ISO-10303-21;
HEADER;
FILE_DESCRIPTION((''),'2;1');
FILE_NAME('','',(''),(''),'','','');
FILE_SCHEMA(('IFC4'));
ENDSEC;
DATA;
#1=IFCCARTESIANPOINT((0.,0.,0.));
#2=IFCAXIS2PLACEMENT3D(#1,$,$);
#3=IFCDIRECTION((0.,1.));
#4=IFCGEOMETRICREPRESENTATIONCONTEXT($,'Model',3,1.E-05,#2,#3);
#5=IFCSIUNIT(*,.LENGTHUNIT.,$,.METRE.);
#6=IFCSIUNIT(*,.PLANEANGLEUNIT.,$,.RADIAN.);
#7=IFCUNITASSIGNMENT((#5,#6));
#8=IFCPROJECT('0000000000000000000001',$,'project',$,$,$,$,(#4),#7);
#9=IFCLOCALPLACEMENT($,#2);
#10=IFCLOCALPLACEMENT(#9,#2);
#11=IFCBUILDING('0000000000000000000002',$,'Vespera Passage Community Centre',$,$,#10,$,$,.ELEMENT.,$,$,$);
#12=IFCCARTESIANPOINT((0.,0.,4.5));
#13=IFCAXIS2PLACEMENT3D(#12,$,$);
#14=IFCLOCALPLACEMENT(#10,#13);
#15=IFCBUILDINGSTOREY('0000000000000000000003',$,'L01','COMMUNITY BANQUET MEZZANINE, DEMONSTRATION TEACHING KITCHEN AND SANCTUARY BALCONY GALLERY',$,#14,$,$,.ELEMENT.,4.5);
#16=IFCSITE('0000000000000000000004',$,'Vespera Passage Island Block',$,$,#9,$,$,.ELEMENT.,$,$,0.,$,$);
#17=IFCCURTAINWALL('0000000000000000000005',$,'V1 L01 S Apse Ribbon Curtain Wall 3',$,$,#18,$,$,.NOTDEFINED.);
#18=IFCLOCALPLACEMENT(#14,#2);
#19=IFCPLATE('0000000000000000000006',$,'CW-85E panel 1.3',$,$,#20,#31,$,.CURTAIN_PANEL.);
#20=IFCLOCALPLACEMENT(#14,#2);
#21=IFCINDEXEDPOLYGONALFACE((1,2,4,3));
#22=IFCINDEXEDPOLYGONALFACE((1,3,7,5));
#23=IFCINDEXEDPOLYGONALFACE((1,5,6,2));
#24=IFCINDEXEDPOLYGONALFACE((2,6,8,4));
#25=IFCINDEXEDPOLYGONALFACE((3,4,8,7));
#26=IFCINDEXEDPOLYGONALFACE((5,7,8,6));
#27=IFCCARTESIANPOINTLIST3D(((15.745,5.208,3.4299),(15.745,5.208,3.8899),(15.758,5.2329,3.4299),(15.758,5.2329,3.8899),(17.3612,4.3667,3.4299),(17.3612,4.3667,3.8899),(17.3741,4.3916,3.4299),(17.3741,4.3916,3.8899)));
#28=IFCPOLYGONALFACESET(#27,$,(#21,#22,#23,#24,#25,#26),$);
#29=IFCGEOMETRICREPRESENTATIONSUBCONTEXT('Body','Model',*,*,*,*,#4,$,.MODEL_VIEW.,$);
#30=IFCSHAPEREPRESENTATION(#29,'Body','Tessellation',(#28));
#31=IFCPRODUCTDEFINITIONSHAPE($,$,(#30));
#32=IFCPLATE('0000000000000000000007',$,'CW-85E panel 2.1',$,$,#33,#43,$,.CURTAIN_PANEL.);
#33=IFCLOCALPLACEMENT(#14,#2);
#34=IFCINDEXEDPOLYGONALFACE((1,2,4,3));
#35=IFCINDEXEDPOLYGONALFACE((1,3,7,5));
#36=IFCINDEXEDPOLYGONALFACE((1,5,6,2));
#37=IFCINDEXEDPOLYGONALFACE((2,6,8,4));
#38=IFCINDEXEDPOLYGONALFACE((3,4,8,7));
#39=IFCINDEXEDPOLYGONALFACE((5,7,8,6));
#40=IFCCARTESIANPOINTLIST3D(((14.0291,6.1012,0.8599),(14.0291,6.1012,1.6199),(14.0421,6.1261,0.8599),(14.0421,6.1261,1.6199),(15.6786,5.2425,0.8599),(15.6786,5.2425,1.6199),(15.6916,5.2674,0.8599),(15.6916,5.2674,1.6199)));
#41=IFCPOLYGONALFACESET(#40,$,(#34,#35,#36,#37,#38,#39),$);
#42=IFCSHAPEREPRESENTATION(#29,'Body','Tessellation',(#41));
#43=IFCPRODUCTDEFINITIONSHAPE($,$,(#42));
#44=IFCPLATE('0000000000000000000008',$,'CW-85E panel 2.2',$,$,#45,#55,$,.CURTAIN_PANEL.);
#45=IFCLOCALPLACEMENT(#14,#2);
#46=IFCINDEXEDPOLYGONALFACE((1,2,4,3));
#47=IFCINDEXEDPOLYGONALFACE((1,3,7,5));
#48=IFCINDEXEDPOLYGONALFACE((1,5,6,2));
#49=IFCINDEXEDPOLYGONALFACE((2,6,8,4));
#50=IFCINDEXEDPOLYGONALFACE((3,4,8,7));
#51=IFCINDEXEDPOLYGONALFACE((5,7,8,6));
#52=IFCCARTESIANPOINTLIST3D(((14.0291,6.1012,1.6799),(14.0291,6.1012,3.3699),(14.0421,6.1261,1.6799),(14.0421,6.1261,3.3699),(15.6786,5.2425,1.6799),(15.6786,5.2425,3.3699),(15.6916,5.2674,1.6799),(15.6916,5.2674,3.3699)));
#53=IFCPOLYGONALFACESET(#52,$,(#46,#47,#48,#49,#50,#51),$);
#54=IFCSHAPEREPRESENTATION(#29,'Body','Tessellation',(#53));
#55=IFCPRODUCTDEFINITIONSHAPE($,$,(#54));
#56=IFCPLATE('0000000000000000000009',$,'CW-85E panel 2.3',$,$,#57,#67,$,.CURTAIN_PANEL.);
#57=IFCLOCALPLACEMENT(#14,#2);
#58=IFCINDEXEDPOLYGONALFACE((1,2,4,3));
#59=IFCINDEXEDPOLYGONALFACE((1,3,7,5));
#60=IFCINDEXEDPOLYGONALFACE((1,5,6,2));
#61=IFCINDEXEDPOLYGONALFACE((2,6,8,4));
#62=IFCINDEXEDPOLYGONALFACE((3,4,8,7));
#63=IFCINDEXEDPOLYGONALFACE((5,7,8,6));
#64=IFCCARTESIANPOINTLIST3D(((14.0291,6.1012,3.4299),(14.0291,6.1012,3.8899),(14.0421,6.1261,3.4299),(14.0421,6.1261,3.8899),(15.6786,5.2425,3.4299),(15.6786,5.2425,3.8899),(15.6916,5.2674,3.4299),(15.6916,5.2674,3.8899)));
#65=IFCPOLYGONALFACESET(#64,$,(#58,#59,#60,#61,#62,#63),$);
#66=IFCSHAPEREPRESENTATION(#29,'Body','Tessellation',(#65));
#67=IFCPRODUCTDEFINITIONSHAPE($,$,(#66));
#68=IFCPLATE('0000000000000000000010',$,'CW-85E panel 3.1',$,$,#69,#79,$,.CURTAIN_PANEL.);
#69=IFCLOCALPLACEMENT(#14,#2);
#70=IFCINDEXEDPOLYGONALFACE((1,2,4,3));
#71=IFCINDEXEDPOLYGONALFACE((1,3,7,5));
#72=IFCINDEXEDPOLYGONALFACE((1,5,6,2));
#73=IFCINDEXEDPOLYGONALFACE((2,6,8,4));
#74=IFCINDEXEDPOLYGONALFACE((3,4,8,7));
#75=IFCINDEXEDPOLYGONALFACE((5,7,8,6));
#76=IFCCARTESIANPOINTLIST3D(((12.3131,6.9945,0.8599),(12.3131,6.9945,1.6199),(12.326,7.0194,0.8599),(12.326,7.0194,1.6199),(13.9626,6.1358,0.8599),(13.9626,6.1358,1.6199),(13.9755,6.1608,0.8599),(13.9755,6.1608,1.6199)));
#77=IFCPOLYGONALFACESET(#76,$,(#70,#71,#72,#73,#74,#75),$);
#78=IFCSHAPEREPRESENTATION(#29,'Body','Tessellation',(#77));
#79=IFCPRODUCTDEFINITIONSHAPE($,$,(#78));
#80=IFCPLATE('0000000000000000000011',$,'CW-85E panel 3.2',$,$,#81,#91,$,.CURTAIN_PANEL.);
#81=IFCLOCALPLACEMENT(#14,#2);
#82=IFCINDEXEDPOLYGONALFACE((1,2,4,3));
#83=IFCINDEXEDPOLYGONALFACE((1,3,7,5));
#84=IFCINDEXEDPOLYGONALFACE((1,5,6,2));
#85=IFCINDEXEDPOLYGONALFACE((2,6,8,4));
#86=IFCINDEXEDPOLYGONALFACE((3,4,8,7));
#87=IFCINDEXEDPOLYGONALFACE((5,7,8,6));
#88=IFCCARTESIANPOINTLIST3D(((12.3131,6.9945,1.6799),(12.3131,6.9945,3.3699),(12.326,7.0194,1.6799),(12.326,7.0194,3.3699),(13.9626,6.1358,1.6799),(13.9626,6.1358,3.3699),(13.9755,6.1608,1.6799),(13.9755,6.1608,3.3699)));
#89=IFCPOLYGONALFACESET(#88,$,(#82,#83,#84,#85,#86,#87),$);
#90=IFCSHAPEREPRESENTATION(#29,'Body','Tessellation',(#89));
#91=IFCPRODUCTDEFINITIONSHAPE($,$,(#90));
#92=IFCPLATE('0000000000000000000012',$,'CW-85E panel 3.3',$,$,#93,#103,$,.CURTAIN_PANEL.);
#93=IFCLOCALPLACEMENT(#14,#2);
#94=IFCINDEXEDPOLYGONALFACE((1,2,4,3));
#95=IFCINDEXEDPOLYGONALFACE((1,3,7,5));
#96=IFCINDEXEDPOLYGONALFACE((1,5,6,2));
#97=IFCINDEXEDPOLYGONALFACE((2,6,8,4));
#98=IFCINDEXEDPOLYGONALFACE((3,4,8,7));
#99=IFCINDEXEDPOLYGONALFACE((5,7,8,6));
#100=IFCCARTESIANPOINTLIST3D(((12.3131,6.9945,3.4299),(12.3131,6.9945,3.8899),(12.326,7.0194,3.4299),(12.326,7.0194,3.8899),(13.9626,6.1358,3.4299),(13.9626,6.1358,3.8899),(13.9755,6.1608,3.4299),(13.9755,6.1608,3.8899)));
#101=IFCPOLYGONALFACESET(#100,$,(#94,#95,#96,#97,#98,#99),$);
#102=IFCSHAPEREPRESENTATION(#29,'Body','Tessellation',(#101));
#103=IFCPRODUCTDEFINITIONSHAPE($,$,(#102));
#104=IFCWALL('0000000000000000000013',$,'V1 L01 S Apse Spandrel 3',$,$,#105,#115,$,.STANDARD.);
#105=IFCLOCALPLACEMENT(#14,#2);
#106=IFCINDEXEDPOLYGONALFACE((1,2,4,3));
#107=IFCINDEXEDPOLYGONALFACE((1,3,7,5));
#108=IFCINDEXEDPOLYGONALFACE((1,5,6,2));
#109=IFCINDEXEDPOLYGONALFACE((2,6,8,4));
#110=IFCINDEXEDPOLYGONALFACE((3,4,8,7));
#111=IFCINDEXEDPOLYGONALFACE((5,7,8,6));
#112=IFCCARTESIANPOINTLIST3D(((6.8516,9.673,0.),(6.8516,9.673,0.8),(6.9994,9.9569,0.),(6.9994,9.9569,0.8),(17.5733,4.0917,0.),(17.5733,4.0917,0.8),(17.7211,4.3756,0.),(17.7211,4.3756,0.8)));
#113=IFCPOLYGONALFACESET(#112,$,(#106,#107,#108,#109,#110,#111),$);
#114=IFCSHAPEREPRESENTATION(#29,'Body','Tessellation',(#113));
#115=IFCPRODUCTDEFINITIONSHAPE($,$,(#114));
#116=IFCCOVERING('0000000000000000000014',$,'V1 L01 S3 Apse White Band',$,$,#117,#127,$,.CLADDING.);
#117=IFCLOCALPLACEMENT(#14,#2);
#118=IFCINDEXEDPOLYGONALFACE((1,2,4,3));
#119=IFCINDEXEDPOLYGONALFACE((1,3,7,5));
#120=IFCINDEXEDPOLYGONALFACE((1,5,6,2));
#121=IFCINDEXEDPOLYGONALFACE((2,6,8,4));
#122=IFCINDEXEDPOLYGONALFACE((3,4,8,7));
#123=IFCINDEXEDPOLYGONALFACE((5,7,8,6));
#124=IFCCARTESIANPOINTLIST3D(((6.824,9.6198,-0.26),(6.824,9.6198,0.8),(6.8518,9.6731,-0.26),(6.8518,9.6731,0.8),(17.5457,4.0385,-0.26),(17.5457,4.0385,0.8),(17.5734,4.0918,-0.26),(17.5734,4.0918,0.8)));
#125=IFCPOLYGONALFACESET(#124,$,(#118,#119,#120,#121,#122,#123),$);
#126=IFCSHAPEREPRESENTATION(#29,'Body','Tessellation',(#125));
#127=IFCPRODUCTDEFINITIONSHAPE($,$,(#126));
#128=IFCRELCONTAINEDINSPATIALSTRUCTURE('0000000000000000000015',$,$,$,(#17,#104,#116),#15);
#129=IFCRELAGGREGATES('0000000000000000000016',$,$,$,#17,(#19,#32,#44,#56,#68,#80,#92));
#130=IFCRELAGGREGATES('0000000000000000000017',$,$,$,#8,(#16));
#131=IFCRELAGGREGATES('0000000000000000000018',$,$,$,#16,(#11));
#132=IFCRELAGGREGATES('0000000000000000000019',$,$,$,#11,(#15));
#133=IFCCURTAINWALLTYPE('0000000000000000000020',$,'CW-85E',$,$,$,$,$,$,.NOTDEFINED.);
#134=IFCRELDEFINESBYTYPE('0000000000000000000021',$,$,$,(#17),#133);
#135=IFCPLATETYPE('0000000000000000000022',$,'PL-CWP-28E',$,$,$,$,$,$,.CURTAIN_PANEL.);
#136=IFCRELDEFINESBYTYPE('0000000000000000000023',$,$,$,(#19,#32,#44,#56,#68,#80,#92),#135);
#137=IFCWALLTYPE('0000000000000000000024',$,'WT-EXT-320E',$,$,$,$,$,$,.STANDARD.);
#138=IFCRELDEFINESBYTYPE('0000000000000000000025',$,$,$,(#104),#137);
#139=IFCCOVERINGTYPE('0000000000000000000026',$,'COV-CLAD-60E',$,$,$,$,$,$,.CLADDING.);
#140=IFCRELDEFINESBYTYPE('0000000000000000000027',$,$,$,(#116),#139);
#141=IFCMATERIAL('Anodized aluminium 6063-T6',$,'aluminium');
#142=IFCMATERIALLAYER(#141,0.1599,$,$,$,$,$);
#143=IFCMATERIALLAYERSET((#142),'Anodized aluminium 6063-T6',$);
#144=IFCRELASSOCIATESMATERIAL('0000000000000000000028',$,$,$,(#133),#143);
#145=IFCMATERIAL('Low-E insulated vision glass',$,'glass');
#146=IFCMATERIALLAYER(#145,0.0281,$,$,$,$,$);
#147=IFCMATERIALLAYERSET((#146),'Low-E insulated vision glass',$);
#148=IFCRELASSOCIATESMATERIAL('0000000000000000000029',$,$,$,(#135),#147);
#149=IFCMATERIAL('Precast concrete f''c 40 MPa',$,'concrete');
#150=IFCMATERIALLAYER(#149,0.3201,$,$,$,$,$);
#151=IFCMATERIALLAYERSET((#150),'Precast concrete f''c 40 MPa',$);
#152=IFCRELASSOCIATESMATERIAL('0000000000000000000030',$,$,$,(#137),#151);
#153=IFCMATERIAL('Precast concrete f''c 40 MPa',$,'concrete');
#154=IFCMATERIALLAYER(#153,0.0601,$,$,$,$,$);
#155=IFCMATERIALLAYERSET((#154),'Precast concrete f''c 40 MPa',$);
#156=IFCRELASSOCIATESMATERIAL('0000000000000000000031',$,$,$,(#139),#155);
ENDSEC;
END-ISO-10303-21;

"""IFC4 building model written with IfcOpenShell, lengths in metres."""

from ifc_helpers import new_model, si_unit, direction, frame, frame_2d, origin, origin_2d, place, context, subcontext, project, spatial, rectangle, extrude, material, layer, layer_set, type_object, element, aggregate, save


model = new_model("IFC4")

# Units and contexts
model_context = context("Model", 3, precision=1e-05, world=origin(), true_north=direction((0.0, 1.0)))
body_context = subcontext(model_context, "Body", "Model", "MODEL_VIEW")
ifc_project = project(units=[si_unit("LENGTHUNIT", "METRE"), si_unit("PLANEANGLEUNIT", "RADIAN")], contexts=[model_context])

# Site, building, storey
site_placement = place(None, origin())
site = spatial("IfcSite", under=ifc_project, at=site_placement, Name="Vespera Passage Island Block", CompositionType="ELEMENT", RefElevation=0.0)
building_placement = place(site_placement, origin())
building = spatial("IfcBuilding", under=site, at=building_placement, Name="Vespera Passage Community Centre", CompositionType="ELEMENT")
storey_placement = place(building_placement, frame((0.0, 0.0, 4.5)))
storey = spatial("IfcBuildingStorey", under=building, at=storey_placement, Name="L01", Description="COMMUNITY BANQUET MEZZANINE, DEMONSTRATION TEACHING KITCHEN AND SANCTUARY BALCONY GALLERY", CompositionType="ELEMENT", Elevation=4.5)

# Shared definitions
ifc_material_1 = material(Name="Anodized aluminium 6063-T6", Category="aluminium")
ifc_layer_1 = layer(ifc_material_1, 0.1599)
ifc_layer_set_1 = layer_set([ifc_layer_1], Name="Anodized aluminium 6063-T6")
curtain_wall_type = type_object("IfcCurtainWallType", Name="CW-85E", PredefinedType="NOTDEFINED", material=ifc_layer_set_1)

# Curtain wall
curtain_wall_1_placement = place(storey_placement, origin())
curtain_wall_1 = element("IfcCurtainWall", 1, at=curtain_wall_1_placement, inside=storey, type_object=curtain_wall_type, Name="V1 L01 S Apse Ribbon Curtain Wall 3", PredefinedType="NOTDEFINED")

# Plates
ifc_material_2 = material(Name="Low-E insulated vision glass", Category="glass")
ifc_layer_2 = layer(ifc_material_2, 0.0281)
ifc_layer_set_2 = layer_set([ifc_layer_2], Name="Low-E insulated vision glass")
plate_type = type_object("IfcPlateType", Name="PL-CWP-28E", PredefinedType="CURTAIN_PANEL", material=ifc_layer_set_2)
plate_1_placement = place(storey_placement, frame((16.5596, 4.7998, 3.4299), z_axis=(0.0, 0.0, 1.0), x_axis=(-0.887013, 0.461745, 0.0)))
plate_1 = element("IfcPlate", 2, at=plate_1_placement, type_object=plate_type, Name="CW-85E panel 1.3", PredefinedType="CURTAIN_PANEL", context=body_context, shape_type="SweptSolid", body=[
    extrude(rectangle(XDim=1.822, YDim=0.0281, at=origin_2d()), origin(), (0.0, 0.0, 1.0), 0.46),
])
plate_2_placement = place(storey_placement, frame((14.8604, 5.6843, 0.8599), z_axis=(0.0, 0.0, 1.0), x_axis=(-0.887013, 0.461745, 0.0)))
plate_2 = element("IfcPlate", 3, at=plate_2_placement, type_object=plate_type, Name="CW-85E panel 2.1", PredefinedType="CURTAIN_PANEL", context=body_context, shape_type="SweptSolid", body=[
    extrude(rectangle(XDim=1.8596, YDim=0.0281, at=origin_2d()), origin(), (0.0, 0.0, 1.0), 0.76),
])
plate_3_placement = place(storey_placement, frame((14.8604, 5.6843, 1.6799), z_axis=(0.0, 0.0, 1.0), x_axis=(-0.887013, 0.461745, 0.0)))
plate_3 = element("IfcPlate", 4, at=plate_3_placement, type_object=plate_type, Name="CW-85E panel 2.2", PredefinedType="CURTAIN_PANEL", context=body_context, shape_type="SweptSolid", body=[
    extrude(rectangle(XDim=1.8596, YDim=0.0281, at=origin_2d()), origin(), (0.0, 0.0, 1.0), 1.6899),
])
plate_4_placement = place(storey_placement, frame((14.8604, 5.6843, 3.4299), z_axis=(0.0, 0.0, 1.0), x_axis=(-0.887013, 0.461745, 0.0)))
plate_4 = element("IfcPlate", 5, at=plate_4_placement, type_object=plate_type, Name="CW-85E panel 2.3", PredefinedType="CURTAIN_PANEL", context=body_context, shape_type="SweptSolid", body=[
    extrude(rectangle(XDim=1.8596, YDim=0.0281, at=origin_2d()), origin(), (0.0, 0.0, 1.0), 0.46),
])
plate_5_placement = place(storey_placement, frame((13.1443, 6.5776, 0.8599), z_axis=(0.0, 0.0, 1.0), x_axis=(-0.887013, 0.461745, 0.0)))
plate_5 = element("IfcPlate", 6, at=plate_5_placement, type_object=plate_type, Name="CW-85E panel 3.1", PredefinedType="CURTAIN_PANEL", context=body_context, shape_type="SweptSolid", body=[
    extrude(rectangle(XDim=1.8596, YDim=0.0281, at=origin_2d()), origin(), (0.0, 0.0, 1.0), 0.76),
])
plate_6_placement = place(storey_placement, frame((13.1443, 6.5776, 1.6799), z_axis=(0.0, 0.0, 1.0), x_axis=(-0.887013, 0.461745, 0.0)))
plate_6 = element("IfcPlate", 7, at=plate_6_placement, type_object=plate_type, Name="CW-85E panel 3.2", PredefinedType="CURTAIN_PANEL", context=body_context, shape_type="SweptSolid", body=[
    extrude(rectangle(XDim=1.8596, YDim=0.0281, at=origin_2d()), origin(), (0.0, 0.0, 1.0), 1.6899),
])
plate_7_placement = place(storey_placement, frame((13.1443, 6.5776, 3.4299), z_axis=(0.0, 0.0, 1.0), x_axis=(-0.887013, 0.461745, 0.0)))
plate_7 = element("IfcPlate", 8, at=plate_7_placement, type_object=plate_type, Name="CW-85E panel 3.3", PredefinedType="CURTAIN_PANEL", context=body_context, shape_type="SweptSolid", body=[
    extrude(rectangle(XDim=1.8596, YDim=0.0281, at=origin_2d()), origin(), (0.0, 0.0, 1.0), 0.46),
])
aggregate(curtain_wall_1, [plate_1, plate_2, plate_3, plate_4, plate_5, plate_6, plate_7])

# Wall
ifc_material_3 = material(Name="Precast concrete f'c 40 MPa", Category="concrete")
ifc_layer_3 = layer(ifc_material_3, 0.3201)
ifc_layer_set_3 = layer_set([ifc_layer_3], Name="Precast concrete f'c 40 MPa")
wall_type = type_object("IfcWallType", Name="WT-EXT-320E", PredefinedType="STANDARD", material=ifc_layer_set_3)
wall_placement = place(storey_placement, frame((17.6472, 4.2336, 0.0), z_axis=(0.0, 0.0, 1.0), x_axis=(-0.887013, 0.461745, 0.0)))
element("IfcWall", 9, at=wall_placement, inside=storey, type_object=wall_type, Name="V1 L01 S Apse Spandrel 3", PredefinedType="STANDARD", context=body_context, shape_type="SweptSolid", body=[
    extrude(rectangle(XDim=12.0874, YDim=0.3201, at=frame_2d((6.0437, 0.0))), origin(), (0.0, 0.0, 1.0), 0.8),
])

# Covering
ifc_material_4 = material(Name="Precast concrete f'c 40 MPa", Category="concrete")
ifc_layer_4 = layer(ifc_material_4, 0.0601)
ifc_layer_set_4 = layer_set([ifc_layer_4], Name="Precast concrete f'c 40 MPa")
covering_type = type_object("IfcCoveringType", Name="COV-CLAD-60E", PredefinedType="CLADDING", material=ifc_layer_set_4)
covering_placement = place(storey_placement, frame((17.5596, 4.0652, -0.26), z_axis=(0.0, 0.0, 1.0), x_axis=(-0.887013, 0.461745, 0.0)))
element("IfcCovering", 10, at=covering_placement, inside=storey, type_object=covering_type, Name="V1 L01 S3 Apse White Band", PredefinedType="CLADDING", context=body_context, shape_type="SweptSolid", body=[
    extrude(rectangle(XDim=12.0874, YDim=0.0601, at=frame_2d((6.0437, 0.0))), origin(), (0.0, 0.0, 1.0), 1.0601),
])

save(model, "model.ifc")
